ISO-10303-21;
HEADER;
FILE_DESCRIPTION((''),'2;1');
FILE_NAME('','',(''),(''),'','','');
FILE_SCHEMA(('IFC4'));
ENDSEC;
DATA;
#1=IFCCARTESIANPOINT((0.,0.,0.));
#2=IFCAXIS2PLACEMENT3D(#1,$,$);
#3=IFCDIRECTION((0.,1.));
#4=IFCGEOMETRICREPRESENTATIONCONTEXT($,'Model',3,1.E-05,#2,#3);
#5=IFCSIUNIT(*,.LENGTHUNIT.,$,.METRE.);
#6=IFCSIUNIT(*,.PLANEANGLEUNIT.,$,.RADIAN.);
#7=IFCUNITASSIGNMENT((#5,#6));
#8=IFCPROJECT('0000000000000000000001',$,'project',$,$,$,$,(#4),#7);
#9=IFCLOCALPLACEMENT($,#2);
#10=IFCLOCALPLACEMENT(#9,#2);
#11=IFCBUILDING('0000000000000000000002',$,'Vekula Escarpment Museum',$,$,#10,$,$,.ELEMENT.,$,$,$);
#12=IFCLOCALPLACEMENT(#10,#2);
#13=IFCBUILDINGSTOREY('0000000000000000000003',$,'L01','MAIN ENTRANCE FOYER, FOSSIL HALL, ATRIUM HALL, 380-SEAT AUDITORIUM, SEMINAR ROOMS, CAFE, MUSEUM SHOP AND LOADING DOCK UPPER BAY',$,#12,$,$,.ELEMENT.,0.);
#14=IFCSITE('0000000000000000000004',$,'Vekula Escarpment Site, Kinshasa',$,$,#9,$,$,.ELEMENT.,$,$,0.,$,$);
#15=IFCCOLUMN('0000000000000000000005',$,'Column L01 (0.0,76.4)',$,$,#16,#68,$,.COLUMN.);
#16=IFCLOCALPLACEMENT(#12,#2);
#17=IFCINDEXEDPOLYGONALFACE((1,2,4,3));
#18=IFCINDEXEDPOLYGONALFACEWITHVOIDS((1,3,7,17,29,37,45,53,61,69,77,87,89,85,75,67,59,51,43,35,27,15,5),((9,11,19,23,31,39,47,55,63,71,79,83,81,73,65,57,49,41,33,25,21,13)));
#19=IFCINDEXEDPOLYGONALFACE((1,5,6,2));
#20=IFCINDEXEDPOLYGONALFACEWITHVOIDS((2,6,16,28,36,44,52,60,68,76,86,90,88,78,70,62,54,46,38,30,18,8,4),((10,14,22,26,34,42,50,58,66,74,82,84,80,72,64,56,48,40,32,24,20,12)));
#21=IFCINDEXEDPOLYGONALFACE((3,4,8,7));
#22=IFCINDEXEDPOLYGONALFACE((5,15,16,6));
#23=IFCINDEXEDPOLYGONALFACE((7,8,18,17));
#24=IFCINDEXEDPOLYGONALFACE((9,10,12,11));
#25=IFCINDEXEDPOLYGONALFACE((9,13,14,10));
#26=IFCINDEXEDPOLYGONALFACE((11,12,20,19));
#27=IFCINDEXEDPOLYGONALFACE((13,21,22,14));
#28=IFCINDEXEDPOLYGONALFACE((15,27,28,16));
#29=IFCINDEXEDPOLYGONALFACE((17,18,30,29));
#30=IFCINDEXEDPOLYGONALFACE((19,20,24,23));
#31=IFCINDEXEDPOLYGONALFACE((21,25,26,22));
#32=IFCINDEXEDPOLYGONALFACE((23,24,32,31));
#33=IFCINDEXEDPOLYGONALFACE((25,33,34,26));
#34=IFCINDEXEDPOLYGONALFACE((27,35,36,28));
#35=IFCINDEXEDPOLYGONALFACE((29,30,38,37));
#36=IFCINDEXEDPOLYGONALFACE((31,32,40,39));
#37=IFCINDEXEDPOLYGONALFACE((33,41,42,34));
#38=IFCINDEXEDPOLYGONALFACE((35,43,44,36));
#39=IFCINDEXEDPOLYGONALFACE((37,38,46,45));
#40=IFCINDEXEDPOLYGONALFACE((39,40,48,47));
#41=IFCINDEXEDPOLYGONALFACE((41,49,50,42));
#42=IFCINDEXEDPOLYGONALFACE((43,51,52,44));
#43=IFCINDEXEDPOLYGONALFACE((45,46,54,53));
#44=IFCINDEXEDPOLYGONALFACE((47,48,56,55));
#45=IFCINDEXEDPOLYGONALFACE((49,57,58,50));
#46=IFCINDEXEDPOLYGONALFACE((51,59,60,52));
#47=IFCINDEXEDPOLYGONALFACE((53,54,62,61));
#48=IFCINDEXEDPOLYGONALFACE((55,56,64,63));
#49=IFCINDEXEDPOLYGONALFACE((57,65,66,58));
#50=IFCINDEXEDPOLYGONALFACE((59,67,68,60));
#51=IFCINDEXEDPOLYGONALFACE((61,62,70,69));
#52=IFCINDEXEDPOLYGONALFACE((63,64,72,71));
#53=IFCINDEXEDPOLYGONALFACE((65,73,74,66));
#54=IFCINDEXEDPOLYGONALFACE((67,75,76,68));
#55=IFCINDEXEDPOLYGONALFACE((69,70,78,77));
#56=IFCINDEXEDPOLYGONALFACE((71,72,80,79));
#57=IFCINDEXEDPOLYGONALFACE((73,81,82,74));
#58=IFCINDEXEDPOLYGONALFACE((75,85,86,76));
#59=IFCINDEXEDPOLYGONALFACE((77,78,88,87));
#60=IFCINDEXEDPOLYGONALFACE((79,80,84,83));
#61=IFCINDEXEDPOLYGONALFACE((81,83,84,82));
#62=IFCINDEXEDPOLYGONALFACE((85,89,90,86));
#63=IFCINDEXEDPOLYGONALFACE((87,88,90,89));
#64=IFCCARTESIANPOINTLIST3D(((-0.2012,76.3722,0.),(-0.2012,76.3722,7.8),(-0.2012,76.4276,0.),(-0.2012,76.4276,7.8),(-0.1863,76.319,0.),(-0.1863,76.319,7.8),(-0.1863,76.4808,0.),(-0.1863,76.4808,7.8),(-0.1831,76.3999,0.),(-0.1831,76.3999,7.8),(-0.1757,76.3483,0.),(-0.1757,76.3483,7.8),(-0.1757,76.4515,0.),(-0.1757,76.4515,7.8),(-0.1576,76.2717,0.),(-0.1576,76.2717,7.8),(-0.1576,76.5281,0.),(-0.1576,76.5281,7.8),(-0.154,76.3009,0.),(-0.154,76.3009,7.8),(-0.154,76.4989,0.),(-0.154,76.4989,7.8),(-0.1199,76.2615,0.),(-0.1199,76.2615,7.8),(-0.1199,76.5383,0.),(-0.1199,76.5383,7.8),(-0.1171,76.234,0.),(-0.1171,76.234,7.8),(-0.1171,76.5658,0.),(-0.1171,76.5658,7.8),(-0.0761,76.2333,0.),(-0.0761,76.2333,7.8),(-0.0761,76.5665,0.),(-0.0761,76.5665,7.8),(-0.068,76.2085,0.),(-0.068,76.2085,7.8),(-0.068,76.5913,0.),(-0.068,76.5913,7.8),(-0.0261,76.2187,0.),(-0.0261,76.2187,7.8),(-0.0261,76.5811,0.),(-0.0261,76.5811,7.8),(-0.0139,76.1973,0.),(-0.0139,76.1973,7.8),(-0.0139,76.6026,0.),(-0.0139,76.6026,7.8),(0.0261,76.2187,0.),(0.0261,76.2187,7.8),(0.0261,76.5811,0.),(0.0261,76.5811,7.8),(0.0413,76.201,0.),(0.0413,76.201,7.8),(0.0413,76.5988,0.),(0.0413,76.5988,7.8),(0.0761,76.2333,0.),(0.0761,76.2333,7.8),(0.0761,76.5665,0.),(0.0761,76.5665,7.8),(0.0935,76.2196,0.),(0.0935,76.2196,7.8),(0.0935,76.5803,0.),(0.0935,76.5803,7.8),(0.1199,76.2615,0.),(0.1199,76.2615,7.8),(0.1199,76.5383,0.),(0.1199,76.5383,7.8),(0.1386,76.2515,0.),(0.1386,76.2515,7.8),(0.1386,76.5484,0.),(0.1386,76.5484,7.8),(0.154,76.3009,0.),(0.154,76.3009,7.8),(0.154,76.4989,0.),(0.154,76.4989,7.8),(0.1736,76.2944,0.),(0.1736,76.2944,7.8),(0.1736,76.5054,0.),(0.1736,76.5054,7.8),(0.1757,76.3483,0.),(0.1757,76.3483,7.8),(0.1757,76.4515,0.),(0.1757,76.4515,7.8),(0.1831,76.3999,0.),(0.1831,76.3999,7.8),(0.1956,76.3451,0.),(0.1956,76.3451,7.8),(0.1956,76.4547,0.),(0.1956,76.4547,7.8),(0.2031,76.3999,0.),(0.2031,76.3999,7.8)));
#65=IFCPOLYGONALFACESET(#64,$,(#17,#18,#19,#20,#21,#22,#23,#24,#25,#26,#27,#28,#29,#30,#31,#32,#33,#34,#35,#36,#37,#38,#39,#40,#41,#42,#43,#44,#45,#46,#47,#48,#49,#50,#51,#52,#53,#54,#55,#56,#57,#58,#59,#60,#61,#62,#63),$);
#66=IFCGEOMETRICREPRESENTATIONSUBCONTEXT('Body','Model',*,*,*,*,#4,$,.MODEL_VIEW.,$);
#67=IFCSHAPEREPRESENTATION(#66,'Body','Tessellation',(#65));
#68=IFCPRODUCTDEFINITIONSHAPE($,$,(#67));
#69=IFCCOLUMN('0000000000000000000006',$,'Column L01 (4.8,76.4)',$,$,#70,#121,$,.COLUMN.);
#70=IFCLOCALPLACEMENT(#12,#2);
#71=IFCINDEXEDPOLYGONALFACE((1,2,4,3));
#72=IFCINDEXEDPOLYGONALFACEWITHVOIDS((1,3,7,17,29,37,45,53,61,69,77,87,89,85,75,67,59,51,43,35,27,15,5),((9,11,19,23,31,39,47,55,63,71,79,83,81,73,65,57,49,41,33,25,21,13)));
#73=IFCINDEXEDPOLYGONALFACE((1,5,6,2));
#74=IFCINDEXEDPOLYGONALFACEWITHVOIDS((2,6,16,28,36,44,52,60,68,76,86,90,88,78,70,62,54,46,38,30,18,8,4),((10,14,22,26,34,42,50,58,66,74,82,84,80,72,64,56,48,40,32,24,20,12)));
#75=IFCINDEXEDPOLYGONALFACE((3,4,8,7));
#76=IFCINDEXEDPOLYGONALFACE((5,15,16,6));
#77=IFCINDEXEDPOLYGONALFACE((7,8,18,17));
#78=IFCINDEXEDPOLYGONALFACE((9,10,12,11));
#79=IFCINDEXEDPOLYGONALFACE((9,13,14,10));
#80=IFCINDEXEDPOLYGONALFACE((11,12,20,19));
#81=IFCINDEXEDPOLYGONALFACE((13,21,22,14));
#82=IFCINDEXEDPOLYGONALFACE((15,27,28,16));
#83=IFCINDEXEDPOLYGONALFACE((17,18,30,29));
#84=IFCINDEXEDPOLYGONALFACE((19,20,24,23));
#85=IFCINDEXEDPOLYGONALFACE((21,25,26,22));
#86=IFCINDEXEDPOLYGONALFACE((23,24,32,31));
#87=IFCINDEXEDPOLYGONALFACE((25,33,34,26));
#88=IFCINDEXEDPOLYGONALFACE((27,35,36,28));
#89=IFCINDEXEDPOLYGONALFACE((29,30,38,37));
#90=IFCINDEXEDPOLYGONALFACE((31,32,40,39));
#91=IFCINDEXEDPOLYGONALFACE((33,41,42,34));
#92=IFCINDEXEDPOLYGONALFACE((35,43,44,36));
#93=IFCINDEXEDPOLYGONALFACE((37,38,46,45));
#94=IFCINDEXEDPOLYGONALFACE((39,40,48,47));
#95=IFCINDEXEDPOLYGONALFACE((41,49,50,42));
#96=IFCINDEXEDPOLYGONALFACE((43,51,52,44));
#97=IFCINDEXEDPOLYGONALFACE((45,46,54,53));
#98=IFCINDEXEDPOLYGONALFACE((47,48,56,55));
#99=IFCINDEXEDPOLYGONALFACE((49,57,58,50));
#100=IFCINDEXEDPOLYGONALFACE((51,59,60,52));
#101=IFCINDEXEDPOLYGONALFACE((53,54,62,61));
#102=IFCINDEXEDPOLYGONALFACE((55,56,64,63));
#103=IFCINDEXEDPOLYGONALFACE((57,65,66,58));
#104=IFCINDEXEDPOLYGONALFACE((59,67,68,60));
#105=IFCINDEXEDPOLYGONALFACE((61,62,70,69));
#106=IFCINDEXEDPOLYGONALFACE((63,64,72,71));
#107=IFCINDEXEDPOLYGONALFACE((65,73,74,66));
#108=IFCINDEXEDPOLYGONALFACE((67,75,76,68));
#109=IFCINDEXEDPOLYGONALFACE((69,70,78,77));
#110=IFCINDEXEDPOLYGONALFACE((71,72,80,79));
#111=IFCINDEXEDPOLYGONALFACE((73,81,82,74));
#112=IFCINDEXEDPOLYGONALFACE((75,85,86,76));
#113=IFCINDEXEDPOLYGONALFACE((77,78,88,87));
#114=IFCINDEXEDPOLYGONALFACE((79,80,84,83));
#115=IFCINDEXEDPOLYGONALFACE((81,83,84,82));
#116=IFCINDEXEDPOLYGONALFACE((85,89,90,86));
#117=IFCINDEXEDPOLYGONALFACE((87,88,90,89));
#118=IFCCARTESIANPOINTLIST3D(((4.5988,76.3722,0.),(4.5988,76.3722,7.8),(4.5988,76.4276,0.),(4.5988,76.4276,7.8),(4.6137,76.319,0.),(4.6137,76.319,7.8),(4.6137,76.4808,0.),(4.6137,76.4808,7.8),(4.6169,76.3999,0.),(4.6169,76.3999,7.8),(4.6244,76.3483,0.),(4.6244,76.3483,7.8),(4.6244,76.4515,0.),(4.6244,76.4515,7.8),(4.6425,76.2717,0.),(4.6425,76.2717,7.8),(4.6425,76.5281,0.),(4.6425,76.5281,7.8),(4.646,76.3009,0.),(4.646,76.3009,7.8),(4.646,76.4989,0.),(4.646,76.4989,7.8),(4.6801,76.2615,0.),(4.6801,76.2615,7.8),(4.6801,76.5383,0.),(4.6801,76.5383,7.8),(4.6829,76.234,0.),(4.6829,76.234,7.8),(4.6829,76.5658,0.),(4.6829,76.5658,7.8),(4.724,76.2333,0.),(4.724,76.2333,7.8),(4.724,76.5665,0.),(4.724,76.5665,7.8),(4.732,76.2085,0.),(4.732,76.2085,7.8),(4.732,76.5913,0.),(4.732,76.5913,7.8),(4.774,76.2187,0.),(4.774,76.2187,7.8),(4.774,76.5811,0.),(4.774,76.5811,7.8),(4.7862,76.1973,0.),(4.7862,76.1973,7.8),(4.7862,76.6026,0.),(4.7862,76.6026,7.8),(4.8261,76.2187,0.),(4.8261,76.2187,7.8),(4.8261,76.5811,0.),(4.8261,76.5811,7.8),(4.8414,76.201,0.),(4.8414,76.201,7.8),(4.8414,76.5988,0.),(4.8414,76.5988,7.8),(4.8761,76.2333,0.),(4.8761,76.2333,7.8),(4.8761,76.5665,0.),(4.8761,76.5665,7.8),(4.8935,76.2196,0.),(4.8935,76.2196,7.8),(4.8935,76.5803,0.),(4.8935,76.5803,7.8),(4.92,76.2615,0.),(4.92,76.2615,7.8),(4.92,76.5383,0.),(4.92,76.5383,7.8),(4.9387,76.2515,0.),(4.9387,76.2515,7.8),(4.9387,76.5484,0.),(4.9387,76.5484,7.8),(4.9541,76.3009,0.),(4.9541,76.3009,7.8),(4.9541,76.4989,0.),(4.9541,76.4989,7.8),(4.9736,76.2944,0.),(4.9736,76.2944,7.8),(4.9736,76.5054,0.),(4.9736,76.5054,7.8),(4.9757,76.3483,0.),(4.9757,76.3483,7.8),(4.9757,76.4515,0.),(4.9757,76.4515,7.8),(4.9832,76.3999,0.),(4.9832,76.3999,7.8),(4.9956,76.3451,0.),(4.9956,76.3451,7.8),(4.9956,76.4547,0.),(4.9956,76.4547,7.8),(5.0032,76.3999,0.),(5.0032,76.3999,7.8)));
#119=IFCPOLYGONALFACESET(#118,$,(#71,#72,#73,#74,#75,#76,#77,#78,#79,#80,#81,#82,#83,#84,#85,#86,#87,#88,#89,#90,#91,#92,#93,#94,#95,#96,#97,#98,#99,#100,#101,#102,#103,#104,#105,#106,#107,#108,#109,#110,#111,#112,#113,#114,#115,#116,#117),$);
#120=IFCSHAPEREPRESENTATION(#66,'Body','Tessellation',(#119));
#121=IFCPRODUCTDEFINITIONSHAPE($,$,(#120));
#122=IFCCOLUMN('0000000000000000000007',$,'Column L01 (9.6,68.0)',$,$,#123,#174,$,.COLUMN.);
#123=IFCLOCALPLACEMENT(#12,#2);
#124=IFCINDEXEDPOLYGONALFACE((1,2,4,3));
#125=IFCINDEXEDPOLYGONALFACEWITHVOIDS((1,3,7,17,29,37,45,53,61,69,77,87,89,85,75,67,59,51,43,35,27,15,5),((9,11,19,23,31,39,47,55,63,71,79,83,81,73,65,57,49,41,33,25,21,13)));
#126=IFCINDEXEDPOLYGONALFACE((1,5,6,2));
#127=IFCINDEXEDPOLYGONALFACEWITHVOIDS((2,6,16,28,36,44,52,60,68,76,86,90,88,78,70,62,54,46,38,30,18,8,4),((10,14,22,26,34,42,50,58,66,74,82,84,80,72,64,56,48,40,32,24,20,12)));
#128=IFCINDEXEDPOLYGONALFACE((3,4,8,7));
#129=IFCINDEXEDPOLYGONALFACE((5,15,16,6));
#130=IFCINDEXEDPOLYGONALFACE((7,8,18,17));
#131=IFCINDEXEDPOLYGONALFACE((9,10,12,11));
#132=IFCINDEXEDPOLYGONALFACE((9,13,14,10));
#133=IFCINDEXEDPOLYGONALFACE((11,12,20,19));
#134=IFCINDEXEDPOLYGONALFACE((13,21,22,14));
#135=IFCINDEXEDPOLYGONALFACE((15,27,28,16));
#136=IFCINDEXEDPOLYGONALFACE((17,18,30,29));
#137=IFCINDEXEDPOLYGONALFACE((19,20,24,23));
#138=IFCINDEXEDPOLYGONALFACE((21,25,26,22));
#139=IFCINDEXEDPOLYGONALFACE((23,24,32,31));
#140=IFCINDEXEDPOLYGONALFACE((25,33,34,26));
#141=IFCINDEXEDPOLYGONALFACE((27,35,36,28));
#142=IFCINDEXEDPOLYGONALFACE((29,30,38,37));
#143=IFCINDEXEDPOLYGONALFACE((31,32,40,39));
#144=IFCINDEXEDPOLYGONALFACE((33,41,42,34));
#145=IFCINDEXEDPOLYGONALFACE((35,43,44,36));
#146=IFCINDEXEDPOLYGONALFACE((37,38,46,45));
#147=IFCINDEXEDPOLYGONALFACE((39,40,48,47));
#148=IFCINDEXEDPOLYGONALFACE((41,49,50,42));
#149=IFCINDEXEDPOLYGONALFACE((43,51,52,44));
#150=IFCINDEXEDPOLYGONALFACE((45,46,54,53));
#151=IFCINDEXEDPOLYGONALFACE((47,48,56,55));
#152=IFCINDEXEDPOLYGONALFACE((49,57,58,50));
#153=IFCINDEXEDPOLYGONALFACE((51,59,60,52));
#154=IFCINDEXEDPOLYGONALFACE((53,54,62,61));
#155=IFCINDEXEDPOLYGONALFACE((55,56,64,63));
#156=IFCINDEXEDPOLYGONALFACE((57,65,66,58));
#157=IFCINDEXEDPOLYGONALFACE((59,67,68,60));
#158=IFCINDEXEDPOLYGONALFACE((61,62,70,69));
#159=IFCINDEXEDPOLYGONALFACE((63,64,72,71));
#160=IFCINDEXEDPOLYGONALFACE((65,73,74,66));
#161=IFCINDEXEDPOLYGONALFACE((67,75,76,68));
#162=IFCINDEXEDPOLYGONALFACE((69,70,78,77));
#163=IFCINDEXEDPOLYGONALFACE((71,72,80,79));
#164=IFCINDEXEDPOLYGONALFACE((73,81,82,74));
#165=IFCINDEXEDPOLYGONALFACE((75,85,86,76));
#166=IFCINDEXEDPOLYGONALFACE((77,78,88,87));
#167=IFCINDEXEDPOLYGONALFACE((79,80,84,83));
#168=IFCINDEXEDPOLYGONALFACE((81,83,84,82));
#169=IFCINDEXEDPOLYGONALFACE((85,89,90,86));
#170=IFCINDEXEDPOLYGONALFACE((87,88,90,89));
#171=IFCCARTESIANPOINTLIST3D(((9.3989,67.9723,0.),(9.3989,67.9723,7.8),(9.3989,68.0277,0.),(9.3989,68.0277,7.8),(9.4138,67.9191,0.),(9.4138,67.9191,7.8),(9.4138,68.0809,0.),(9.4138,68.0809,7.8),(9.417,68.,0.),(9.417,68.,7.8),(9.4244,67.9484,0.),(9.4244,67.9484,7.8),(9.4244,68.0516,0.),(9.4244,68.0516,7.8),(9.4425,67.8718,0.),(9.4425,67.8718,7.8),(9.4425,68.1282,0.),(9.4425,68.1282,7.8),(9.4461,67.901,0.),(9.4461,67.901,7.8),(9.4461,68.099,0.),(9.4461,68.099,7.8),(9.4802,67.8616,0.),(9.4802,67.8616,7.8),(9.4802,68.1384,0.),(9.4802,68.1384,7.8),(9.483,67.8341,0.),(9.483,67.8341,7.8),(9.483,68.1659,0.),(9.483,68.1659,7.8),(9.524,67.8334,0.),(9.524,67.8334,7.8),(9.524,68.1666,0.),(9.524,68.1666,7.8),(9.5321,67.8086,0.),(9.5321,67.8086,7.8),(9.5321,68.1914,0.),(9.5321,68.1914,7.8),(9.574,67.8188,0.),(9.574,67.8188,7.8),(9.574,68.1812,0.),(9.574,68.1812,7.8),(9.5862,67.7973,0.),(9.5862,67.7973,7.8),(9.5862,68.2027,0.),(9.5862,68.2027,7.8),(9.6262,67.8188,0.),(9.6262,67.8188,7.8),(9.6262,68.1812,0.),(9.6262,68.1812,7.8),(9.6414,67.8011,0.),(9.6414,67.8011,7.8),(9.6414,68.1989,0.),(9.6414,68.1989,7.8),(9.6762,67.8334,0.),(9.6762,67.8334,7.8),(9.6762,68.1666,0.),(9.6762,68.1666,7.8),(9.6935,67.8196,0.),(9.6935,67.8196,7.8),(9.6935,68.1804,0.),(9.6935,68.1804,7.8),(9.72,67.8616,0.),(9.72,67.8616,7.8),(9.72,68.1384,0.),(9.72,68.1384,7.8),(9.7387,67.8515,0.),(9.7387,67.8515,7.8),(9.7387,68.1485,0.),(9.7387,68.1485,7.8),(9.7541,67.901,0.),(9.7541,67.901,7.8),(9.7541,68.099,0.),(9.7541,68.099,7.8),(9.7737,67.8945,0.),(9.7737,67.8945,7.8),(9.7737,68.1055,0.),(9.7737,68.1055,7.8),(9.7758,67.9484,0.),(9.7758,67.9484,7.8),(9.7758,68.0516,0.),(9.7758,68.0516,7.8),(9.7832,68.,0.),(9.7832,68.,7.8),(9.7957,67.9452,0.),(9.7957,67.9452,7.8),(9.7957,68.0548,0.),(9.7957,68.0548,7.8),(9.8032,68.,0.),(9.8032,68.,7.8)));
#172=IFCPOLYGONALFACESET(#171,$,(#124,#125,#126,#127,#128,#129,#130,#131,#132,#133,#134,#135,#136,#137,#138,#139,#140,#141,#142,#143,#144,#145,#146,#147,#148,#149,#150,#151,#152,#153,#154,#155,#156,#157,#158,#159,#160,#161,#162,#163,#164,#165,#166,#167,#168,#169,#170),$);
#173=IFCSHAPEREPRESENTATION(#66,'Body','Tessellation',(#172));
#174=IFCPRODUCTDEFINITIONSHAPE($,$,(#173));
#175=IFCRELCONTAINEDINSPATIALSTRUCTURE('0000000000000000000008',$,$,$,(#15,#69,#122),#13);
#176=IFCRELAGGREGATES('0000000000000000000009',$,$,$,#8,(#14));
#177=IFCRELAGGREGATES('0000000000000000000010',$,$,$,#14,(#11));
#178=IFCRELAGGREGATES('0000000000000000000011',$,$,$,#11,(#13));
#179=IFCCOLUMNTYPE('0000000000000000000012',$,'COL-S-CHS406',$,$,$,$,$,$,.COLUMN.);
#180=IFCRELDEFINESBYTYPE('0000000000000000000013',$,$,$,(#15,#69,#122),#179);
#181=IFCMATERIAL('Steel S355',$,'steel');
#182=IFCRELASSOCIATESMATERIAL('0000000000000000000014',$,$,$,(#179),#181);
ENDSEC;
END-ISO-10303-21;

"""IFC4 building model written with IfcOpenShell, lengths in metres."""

from ifc_helpers import new_model, si_unit, direction, frame, origin, origin_2d, place, context, subcontext, project, spatial, hollow_circle, extrude, material, material_profile, profile_set, type_object, element, save


model = new_model("IFC4")

# Units and contexts
model_context = context("Model", 3, precision=1e-05, world=origin(), true_north=direction((0.0, 1.0)))
body_context = subcontext(model_context, "Body", "Model", "MODEL_VIEW")
ifc_project = project(units=[si_unit("LENGTHUNIT", "METRE"), si_unit("PLANEANGLEUNIT", "RADIAN")], contexts=[model_context])

# Site, building, storey
site_placement = place(None, origin())
site = spatial("IfcSite", under=ifc_project, at=site_placement, Name="Vekula Escarpment Site, Kinshasa", CompositionType="ELEMENT", RefElevation=0.0)
building_placement = place(site_placement, origin())
building = spatial("IfcBuilding", under=site, at=building_placement, Name="Vekula Escarpment Museum", CompositionType="ELEMENT")
storey_placement = place(building_placement, origin())
storey = spatial("IfcBuildingStorey", under=building, at=storey_placement, Name="L01", Description="MAIN ENTRANCE FOYER, FOSSIL HALL, ATRIUM HALL, 380-SEAT AUDITORIUM, SEMINAR ROOMS, CAFE, MUSEUM SHOP AND LOADING DOCK UPPER BAY", CompositionType="ELEMENT", Elevation=0.0)

# Columns
ifc_material_1 = material(Name="Steel S355", Category="steel")
ifc_material_profile_1 = material_profile(ifc_material_1, hollow_circle(Radius=0.2031, WallThickness=0.02, at=origin_2d()), Name="CHS 406.4x20")
ifc_profile_set_1 = profile_set([ifc_material_profile_1], Name="Steel S355")
column_type_1 = type_object("IfcColumnType", Name="COL-S-CHS406", PredefinedType="COLUMN", material=ifc_profile_set_1)
for number, where, z_axis, x_axis, name in (
    (1, (0.0, 76.3999, 0.0), (0.0, 0.0, 1.0), (1.0, 0.0, 0.0), "Column L01 (0.0,76.4)"),
    (2, (4.8, 76.3999, 0.0), (0.0, 0.0, 1.0), (1.0, 0.0, 0.0), "Column L01 (4.8,76.4)"),
    (3, (9.6001, 68.0, 0.0), (0.0, 0.0, 1.0), (1.0, 0.0, 0.0), "Column L01 (9.6,68.0)"),
):
    element("IfcColumn", number, at=place(storey_placement, frame(where, z_axis=z_axis, x_axis=x_axis)), inside=storey, type_object=column_type_1, Name=name, PredefinedType="COLUMN", context=body_context, shape_type="SweptSolid", body=[
        extrude(hollow_circle(Radius=0.2031, WallThickness=0.02, at=origin_2d()), origin(), (0.0, 0.0, 1.0), 7.8),
    ])

save(model, "model.ifc")
